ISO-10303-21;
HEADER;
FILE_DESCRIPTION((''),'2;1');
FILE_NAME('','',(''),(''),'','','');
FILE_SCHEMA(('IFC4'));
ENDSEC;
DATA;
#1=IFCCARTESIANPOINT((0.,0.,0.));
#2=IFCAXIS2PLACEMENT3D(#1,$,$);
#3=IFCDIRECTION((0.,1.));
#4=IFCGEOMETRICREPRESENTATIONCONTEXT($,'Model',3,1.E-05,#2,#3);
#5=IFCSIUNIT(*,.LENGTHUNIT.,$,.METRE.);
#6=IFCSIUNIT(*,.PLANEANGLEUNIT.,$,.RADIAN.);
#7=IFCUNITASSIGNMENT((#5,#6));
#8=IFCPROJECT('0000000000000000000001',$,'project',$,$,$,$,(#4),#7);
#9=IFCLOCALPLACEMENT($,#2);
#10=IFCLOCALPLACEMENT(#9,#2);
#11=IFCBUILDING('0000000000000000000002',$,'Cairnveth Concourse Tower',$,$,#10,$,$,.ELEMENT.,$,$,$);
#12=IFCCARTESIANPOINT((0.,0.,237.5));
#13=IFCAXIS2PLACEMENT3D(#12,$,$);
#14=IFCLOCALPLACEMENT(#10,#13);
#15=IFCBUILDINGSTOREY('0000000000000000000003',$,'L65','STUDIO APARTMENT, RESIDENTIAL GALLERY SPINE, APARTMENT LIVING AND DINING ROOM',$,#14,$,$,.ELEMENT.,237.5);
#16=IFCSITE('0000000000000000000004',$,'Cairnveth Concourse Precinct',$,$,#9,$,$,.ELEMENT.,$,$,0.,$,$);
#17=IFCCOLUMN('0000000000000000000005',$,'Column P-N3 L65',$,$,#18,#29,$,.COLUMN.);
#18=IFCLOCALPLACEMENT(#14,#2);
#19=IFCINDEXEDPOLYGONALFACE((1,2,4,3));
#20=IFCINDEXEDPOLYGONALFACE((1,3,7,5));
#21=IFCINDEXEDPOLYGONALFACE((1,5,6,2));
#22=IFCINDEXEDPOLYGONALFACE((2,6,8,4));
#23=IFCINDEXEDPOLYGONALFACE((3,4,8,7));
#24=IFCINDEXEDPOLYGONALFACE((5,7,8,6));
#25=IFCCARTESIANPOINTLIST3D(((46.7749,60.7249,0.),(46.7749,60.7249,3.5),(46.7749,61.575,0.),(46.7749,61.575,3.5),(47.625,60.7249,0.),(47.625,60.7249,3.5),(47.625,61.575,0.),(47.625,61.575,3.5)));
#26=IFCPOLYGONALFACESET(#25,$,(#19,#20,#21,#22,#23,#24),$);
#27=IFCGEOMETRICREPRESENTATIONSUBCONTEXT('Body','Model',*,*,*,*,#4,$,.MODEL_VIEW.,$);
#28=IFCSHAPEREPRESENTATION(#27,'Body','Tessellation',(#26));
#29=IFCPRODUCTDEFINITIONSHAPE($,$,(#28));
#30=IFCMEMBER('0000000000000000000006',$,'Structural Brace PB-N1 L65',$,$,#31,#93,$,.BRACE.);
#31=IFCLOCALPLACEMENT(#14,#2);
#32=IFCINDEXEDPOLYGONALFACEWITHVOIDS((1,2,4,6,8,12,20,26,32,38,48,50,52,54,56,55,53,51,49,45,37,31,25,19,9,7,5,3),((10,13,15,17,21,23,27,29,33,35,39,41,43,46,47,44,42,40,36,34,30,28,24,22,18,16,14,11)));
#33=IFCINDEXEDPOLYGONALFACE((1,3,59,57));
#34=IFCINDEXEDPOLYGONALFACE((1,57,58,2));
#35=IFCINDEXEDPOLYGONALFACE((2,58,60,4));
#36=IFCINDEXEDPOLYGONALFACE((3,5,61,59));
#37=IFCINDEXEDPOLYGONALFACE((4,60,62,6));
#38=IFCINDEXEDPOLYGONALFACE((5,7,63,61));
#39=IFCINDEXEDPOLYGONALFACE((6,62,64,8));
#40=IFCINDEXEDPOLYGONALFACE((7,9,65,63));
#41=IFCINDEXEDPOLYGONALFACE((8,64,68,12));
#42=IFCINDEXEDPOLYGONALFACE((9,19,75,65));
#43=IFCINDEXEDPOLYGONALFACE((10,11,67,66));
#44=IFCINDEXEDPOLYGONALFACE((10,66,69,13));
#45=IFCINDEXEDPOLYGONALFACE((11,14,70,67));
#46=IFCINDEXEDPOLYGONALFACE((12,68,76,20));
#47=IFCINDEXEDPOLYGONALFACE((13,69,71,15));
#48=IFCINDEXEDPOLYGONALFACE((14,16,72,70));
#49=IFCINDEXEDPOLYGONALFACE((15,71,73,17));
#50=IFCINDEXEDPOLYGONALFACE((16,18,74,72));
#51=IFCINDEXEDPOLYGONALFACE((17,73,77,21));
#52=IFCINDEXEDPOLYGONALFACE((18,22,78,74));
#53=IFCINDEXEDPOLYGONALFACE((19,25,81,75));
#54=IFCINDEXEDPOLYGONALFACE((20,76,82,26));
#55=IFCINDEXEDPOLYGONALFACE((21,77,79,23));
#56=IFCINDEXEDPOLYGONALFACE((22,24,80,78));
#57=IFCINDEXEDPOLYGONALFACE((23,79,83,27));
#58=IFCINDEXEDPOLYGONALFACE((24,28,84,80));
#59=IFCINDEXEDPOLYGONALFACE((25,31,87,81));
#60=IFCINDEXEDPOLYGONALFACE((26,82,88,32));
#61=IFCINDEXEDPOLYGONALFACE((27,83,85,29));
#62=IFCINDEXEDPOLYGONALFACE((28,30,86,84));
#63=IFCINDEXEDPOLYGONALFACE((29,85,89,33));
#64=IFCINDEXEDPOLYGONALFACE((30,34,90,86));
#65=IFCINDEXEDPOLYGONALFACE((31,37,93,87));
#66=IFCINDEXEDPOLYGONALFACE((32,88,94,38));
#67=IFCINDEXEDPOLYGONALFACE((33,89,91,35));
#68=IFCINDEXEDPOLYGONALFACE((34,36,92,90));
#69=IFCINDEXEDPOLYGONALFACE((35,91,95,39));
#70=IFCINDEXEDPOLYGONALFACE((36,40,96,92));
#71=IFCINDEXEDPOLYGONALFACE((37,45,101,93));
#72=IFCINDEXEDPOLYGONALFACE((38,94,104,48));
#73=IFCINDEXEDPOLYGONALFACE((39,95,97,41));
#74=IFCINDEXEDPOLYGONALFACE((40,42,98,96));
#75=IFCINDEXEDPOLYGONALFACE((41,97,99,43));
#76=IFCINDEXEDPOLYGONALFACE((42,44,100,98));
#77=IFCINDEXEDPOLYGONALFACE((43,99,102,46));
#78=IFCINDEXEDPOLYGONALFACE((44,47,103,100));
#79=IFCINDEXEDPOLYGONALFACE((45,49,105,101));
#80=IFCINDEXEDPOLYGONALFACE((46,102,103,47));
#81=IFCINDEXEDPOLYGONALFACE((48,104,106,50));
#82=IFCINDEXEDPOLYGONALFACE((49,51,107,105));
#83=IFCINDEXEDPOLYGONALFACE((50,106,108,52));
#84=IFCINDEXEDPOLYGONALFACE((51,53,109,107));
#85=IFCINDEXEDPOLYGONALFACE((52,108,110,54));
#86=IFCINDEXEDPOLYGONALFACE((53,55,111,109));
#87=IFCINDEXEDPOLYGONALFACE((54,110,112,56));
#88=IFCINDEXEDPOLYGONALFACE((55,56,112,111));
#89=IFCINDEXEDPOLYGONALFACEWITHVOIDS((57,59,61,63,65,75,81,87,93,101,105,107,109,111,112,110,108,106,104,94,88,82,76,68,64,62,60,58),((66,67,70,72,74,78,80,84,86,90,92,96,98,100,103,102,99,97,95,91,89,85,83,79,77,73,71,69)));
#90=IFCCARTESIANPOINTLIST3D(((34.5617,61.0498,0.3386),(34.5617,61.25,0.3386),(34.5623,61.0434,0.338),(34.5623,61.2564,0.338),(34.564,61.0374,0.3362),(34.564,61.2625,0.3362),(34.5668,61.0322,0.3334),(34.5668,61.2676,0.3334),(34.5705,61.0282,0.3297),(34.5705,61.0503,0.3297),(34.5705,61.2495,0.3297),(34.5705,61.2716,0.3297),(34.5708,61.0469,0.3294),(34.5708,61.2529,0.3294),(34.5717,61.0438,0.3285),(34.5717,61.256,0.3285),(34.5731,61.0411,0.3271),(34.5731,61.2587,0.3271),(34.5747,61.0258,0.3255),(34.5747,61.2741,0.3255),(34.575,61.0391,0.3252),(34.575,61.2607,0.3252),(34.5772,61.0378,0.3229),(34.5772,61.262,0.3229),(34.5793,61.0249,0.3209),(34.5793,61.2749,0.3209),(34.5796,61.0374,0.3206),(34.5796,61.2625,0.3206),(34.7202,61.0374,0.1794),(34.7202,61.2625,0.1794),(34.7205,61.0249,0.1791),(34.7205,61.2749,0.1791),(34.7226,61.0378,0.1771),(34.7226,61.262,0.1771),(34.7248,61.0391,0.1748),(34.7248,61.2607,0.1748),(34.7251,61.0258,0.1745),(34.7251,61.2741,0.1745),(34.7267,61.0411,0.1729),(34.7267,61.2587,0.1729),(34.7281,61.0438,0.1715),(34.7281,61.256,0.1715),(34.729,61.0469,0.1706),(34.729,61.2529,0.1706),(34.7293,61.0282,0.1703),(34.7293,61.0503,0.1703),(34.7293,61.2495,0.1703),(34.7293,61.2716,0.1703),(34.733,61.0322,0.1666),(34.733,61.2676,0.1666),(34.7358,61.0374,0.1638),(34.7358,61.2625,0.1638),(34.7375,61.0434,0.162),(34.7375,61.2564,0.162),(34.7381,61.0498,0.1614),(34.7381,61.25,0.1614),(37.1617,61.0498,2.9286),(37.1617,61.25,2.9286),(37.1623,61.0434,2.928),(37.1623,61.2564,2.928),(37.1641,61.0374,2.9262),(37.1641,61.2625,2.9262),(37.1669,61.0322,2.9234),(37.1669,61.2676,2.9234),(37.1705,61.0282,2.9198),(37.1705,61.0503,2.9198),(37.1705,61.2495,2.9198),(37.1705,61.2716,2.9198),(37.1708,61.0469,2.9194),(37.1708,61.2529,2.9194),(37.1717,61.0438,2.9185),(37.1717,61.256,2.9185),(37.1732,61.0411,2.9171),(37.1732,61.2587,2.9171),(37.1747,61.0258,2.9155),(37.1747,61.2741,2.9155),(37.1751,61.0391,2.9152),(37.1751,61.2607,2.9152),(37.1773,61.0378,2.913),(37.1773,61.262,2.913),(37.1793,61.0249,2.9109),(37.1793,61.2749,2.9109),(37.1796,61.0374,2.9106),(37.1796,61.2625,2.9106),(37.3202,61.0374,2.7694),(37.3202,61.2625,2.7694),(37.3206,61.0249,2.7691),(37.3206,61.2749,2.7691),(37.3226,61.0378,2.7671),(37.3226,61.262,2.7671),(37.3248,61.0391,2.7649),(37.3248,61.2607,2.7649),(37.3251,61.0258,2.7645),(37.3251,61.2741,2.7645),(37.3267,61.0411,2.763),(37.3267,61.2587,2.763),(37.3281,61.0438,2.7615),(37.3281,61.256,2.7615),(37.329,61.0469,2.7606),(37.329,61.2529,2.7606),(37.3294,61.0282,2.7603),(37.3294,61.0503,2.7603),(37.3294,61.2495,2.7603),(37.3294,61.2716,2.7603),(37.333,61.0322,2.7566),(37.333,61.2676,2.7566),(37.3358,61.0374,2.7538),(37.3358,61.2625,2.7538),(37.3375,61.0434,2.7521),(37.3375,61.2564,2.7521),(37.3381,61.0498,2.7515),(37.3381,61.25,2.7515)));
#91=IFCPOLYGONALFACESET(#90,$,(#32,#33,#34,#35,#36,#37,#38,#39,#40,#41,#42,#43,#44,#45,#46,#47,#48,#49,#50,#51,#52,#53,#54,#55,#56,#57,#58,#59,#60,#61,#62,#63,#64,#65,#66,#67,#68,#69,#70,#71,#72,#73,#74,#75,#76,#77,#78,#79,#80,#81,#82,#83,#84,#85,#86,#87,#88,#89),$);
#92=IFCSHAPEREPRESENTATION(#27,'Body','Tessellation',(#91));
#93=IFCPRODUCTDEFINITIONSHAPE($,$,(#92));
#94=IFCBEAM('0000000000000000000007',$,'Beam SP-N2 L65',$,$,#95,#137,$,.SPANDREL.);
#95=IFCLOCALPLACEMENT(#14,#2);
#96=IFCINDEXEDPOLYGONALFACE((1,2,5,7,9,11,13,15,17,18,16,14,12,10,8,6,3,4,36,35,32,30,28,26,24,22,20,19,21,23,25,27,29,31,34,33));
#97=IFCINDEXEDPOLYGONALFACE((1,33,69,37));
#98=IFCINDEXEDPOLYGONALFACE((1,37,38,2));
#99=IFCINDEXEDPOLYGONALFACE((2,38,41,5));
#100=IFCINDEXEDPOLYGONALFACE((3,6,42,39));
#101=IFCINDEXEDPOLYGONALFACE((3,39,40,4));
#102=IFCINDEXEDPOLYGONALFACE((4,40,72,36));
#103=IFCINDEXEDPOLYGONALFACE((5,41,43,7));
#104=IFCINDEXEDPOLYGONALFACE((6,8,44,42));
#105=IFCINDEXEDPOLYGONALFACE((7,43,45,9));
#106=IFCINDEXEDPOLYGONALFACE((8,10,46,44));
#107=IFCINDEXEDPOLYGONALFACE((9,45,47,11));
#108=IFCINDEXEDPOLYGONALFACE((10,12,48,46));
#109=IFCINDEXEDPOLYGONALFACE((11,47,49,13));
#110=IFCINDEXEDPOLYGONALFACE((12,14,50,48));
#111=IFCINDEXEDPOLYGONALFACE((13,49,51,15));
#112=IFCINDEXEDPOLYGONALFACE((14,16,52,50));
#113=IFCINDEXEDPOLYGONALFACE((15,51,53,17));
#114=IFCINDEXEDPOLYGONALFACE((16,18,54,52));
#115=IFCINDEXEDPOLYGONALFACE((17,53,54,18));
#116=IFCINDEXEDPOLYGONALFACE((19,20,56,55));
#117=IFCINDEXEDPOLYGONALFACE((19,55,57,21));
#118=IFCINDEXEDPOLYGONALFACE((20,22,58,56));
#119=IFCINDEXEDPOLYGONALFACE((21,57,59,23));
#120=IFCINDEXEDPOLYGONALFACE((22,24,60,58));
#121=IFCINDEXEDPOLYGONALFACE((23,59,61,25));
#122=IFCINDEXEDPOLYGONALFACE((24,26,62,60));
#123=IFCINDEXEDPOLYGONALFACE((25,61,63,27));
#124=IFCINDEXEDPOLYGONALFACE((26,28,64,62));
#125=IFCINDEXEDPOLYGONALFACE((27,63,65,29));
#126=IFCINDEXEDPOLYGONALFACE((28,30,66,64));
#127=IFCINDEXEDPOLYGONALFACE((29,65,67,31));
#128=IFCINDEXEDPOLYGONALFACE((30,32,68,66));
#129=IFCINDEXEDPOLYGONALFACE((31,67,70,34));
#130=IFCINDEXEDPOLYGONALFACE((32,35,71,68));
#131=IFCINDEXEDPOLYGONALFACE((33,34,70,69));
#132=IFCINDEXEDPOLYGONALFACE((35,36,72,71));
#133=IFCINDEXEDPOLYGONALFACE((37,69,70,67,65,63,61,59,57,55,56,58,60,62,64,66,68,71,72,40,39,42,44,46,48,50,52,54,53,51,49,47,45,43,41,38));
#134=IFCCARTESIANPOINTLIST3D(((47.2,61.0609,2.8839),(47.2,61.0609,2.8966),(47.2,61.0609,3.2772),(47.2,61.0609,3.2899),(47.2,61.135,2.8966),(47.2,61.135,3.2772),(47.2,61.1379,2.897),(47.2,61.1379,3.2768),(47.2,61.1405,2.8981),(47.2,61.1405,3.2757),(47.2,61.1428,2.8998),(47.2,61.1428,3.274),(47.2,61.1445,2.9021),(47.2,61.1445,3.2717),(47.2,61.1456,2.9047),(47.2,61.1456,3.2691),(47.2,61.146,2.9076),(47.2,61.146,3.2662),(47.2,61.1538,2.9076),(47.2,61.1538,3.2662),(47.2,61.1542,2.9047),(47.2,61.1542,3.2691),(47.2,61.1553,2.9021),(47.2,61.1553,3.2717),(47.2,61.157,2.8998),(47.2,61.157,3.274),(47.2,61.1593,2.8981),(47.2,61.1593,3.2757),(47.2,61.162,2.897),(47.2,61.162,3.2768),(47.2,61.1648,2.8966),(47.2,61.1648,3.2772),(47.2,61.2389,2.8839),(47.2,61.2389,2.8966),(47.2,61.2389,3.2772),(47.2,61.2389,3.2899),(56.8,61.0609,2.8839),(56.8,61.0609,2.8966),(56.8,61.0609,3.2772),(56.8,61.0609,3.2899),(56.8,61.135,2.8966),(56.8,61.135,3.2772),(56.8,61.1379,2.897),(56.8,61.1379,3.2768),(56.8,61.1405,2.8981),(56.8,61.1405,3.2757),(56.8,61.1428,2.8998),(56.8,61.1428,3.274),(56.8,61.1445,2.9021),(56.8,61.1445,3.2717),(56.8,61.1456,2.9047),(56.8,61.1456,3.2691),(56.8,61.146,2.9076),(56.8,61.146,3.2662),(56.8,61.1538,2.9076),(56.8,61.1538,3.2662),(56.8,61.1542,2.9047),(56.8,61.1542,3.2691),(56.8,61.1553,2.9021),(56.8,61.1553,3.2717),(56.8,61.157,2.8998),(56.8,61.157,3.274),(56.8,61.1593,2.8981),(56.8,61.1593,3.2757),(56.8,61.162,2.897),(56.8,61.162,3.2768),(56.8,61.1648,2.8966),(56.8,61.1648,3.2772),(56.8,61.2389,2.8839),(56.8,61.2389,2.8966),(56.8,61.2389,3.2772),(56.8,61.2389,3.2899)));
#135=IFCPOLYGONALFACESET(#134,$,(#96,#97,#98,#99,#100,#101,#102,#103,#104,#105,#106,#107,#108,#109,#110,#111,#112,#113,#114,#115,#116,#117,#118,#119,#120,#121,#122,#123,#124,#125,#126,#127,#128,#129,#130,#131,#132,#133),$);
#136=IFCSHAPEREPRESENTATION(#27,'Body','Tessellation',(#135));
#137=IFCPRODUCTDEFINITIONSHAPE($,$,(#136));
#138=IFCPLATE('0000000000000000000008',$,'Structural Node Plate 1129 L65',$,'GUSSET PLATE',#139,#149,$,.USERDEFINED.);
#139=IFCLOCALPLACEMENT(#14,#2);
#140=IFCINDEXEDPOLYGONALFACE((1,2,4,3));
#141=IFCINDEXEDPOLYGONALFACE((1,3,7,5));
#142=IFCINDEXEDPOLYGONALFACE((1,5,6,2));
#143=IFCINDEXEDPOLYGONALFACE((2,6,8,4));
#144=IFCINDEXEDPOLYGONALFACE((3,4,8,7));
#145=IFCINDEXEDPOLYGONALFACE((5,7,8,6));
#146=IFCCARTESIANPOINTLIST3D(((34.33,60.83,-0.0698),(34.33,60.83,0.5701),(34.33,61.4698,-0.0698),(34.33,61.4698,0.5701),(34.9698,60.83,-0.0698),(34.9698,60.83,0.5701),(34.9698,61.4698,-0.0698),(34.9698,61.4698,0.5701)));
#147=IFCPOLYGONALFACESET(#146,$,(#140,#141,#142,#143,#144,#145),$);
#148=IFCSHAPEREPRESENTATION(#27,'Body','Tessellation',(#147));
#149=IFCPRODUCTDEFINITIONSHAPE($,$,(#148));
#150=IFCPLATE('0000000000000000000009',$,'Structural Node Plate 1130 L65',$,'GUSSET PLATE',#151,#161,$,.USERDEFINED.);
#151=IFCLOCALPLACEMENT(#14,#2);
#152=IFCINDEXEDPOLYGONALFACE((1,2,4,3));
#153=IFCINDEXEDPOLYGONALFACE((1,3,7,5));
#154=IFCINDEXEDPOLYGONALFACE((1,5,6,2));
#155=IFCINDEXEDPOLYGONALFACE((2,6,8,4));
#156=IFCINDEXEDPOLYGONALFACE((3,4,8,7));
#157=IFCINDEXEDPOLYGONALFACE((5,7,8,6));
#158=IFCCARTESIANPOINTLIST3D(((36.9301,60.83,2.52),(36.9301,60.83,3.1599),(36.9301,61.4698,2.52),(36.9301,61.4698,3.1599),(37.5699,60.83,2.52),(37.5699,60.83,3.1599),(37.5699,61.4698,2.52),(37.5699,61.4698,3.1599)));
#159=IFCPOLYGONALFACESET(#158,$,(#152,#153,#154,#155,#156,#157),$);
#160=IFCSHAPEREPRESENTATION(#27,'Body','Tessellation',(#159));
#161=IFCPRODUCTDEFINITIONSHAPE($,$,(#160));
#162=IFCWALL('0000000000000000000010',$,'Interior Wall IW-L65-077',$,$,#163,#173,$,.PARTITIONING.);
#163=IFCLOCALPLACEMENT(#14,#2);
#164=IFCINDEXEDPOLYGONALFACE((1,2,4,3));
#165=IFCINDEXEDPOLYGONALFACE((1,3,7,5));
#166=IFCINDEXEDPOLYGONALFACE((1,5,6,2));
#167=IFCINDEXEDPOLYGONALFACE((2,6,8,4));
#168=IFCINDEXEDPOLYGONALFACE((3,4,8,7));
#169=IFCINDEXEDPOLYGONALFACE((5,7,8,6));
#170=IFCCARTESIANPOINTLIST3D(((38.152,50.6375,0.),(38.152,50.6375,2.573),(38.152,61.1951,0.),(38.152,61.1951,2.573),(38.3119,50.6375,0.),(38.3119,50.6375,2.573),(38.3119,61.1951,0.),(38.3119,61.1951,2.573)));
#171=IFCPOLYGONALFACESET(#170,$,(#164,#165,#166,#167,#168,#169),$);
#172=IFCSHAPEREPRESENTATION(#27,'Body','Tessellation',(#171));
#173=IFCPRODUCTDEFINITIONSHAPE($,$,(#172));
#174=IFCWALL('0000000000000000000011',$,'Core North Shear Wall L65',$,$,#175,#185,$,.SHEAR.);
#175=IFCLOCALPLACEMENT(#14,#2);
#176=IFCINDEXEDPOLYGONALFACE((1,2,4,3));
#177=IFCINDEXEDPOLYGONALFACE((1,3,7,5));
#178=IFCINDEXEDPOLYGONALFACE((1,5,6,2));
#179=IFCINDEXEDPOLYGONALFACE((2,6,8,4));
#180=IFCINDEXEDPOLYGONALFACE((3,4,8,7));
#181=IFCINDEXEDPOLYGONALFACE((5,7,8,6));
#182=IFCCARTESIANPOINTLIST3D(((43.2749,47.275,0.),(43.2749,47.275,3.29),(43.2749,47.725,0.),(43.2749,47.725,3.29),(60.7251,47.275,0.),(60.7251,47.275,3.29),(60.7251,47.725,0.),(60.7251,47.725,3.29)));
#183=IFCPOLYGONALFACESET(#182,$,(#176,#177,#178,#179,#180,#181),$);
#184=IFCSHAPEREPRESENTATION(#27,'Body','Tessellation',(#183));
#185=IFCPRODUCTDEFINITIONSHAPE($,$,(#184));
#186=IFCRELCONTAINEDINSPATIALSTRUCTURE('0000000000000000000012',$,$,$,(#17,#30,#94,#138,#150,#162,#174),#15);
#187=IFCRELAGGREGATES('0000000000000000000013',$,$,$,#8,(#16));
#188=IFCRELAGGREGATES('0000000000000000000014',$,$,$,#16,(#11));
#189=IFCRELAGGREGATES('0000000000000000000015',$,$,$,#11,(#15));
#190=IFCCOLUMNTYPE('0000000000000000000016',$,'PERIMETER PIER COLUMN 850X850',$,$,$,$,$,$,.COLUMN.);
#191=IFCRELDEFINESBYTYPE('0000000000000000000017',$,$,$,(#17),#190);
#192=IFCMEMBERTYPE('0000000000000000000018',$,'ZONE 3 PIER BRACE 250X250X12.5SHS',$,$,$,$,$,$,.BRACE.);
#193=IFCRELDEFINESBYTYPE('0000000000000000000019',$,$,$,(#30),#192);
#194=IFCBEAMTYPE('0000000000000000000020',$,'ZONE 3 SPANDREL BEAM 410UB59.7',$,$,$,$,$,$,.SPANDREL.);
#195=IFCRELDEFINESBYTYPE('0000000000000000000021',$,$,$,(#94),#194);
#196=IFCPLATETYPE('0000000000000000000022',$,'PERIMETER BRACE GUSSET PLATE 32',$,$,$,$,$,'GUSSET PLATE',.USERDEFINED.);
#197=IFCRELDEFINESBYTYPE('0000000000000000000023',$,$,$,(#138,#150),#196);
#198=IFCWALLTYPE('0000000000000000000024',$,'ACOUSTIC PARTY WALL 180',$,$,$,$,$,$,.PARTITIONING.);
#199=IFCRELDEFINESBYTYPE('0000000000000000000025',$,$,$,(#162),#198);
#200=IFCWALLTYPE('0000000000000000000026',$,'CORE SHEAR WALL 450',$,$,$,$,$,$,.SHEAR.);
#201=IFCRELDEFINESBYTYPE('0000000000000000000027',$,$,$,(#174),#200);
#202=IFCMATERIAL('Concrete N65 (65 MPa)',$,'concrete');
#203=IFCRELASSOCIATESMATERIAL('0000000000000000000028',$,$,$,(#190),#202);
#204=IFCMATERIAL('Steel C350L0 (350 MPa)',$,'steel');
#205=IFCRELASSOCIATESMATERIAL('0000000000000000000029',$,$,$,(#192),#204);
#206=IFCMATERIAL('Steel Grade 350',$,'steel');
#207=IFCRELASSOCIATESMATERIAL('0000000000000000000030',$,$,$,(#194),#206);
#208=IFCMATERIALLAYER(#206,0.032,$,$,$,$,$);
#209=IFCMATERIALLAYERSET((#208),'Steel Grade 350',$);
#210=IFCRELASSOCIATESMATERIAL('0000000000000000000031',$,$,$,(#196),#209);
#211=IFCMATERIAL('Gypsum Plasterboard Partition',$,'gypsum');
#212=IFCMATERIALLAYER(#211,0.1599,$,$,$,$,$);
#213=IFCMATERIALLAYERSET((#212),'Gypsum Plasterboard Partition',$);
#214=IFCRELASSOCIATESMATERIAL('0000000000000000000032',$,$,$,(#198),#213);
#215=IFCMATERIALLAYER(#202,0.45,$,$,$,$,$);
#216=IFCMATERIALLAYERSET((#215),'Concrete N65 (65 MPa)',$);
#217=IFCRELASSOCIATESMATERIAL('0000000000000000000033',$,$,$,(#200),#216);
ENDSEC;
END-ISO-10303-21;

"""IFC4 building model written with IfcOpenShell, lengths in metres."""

from ifc_helpers import new_model, si_unit, direction, frame, frame_2d, origin, origin_2d, place, context, subcontext, project, spatial, rectangle, hollow_rectangle, i_section, extrude, material, layer, layer_set, material_profile, profile_set, type_object, element, save


model = new_model("IFC4")

# Units and contexts
model_context = context("Model", 3, precision=1e-05, world=origin(), true_north=direction((0.0, 1.0)))
body_context = subcontext(model_context, "Body", "Model", "MODEL_VIEW")
ifc_project = project(units=[si_unit("LENGTHUNIT", "METRE"), si_unit("PLANEANGLEUNIT", "RADIAN")], contexts=[model_context])

# Site, building, storey
site_placement = place(None, origin())
site = spatial("IfcSite", under=ifc_project, at=site_placement, Name="Cairnveth Concourse Precinct", CompositionType="ELEMENT", RefElevation=0.0)
building_placement = place(site_placement, origin())
building = spatial("IfcBuilding", under=site, at=building_placement, Name="Cairnveth Concourse Tower", CompositionType="ELEMENT")
storey_placement = place(building_placement, frame((0.0, 0.0, 237.5)))
storey = spatial("IfcBuildingStorey", under=building, at=storey_placement, Name="L65", Description="STUDIO APARTMENT, RESIDENTIAL GALLERY SPINE, APARTMENT LIVING AND DINING ROOM", CompositionType="ELEMENT", Elevation=237.5)

# Column
ifc_material_1 = material(Name="Concrete N65 (65 MPa)", Category="concrete")
ifc_material_profile_1 = material_profile(ifc_material_1, rectangle(XDim=0.8501, YDim=0.8501, at=origin_2d()), Name="RC-COL-850x850")
ifc_profile_set_1 = profile_set([ifc_material_profile_1], Name="Concrete N65 (65 MPa)")
column_type = type_object("IfcColumnType", Name="PERIMETER PIER COLUMN 850X850", PredefinedType="COLUMN", material=ifc_profile_set_1)
column_placement = place(storey_placement, frame((47.2, 61.1499, 0.0), z_axis=(0.0, 0.0, 1.0), x_axis=(1.0, 0.0, 0.0)))
element("IfcColumn", 1, at=column_placement, inside=storey, type_object=column_type, Name="Column P-N3 L65", PredefinedType="COLUMN", context=body_context, shape_type="SweptSolid", body=[
    extrude(rectangle(XDim=0.8501, YDim=0.8501, at=origin_2d()), origin(), (0.0, 0.0, 1.0), 3.5),
])

# Member
ifc_material_2 = material(Name="Steel C350L0 (350 MPa)", Category="steel")
ifc_material_profile_2 = material_profile(ifc_material_2, hollow_rectangle(XDim=0.25, YDim=0.25, WallThickness=0.0125, InnerFilletRadius=0.0129, OuterFilletRadius=0.0249, at=origin_2d()), Name="250x250x12.5SHS")
ifc_profile_set_2 = profile_set([ifc_material_profile_2], Name="Steel C350L0 (350 MPa)")
member_type = type_object("IfcMemberType", Name="ZONE 3 PIER BRACE 250X250X12.5SHS", PredefinedType="BRACE", material=ifc_profile_set_2)
member_placement = place(storey_placement, frame((34.6499, 61.1499, 0.25), z_axis=(0.708469, 0.0, 0.705742), x_axis=(0.0, 1.0, 0.0)))
element("IfcMember", 2, at=member_placement, inside=storey, type_object=member_type, Name="Structural Brace PB-N1 L65", PredefinedType="BRACE", context=body_context, shape_type="SweptSolid", body=[
    extrude(hollow_rectangle(XDim=0.25, YDim=0.25, WallThickness=0.0125, InnerFilletRadius=0.0129, OuterFilletRadius=0.0249, at=origin_2d()), origin(), (0.0, 0.0, 1.0), 3.6699),
])

# Beam
ifc_material_3 = material(Name="Steel Grade 350", Category="steel")
ifc_material_profile_3 = material_profile(ifc_material_3, i_section(OverallWidth=0.178, OverallDepth=0.406, WebThickness=0.0078, FlangeThickness=0.0127, FilletRadius=0.011, at=origin_2d()), Name="410UB59.7")
ifc_profile_set_3 = profile_set([ifc_material_profile_3], Name="Steel Grade 350")
beam_type = type_object("IfcBeamType", Name="ZONE 3 SPANDREL BEAM 410UB59.7", PredefinedType="SPANDREL", material=ifc_profile_set_3)
beam_placement = place(storey_placement, frame((47.2, 61.1499, 3.0869), z_axis=(1.0, 0.0, 0.0), x_axis=(0.0, 1.0, 0.0)))
element("IfcBeam", 3, at=beam_placement, inside=storey, type_object=beam_type, Name="Beam SP-N2 L65", PredefinedType="SPANDREL", context=body_context, shape_type="SweptSolid", body=[
    extrude(i_section(OverallWidth=0.178, OverallDepth=0.406, WebThickness=0.0078, FlangeThickness=0.0127, FilletRadius=0.011, at=origin_2d()), origin(), (0.0, 0.0, 1.0), 9.6001),
])

# Plates
ifc_layer_1 = layer(ifc_material_3, 0.032)
ifc_layer_set_1 = layer_set([ifc_layer_1], Name="Steel Grade 350")
plate_type = type_object("IfcPlateType", Name="PERIMETER BRACE GUSSET PLATE 32", ElementType="GUSSET PLATE", PredefinedType="USERDEFINED", material=ifc_layer_set_1)
for number, where, z_axis, x_axis, name in (
    (4, (34.6499, 61.1499, -0.0698), (0.0, 0.0, 1.0), (1.0, 0.0, 0.0), "Structural Node Plate 1129 L65"),
    (5, (37.25, 61.1499, 2.52), (0.0, 0.0, 1.0), (1.0, 0.0, 0.0), "Structural Node Plate 1130 L65"),
):
    element("IfcPlate", number, at=place(storey_placement, frame(where, z_axis=z_axis, x_axis=x_axis)), inside=storey, type_object=plate_type, Name=name, ObjectType="GUSSET PLATE", PredefinedType="USERDEFINED", context=body_context, shape_type="SweptSolid", body=[
        extrude(rectangle(XDim=0.6399, YDim=0.6399, at=origin_2d()), origin(), (0.0, 0.0, 1.0), 0.6399),
    ])

# Walls
ifc_material_4 = material(Name="Gypsum Plasterboard Partition", Category="gypsum")
ifc_layer_2 = layer(ifc_material_4, 0.1599)
ifc_layer_set_2 = layer_set([ifc_layer_2], Name="Gypsum Plasterboard Partition")
wall_type_1 = type_object("IfcWallType", Name="ACOUSTIC PARTY WALL 180", PredefinedType="PARTITIONING", material=ifc_layer_set_2)
wall_1_placement = place(storey_placement, frame((38.2319, 50.6375, 0.0), z_axis=(0.0, 0.0, 1.0), x_axis=(0.0, 1.0, 0.0)))
element("IfcWall", 6, at=wall_1_placement, inside=storey, type_object=wall_type_1, Name="Interior Wall IW-L65-077", PredefinedType="PARTITIONING", context=body_context, shape_type="SweptSolid", body=[
    extrude(rectangle(XDim=10.5576, YDim=0.1599, at=frame_2d((5.2788, 0.0))), origin(), (0.0, 0.0, 1.0), 2.573),
])
ifc_layer_3 = layer(ifc_material_1, 0.45)
ifc_layer_set_3 = layer_set([ifc_layer_3], Name="Concrete N65 (65 MPa)")
wall_type_2 = type_object("IfcWallType", Name="CORE SHEAR WALL 450", PredefinedType="SHEAR", material=ifc_layer_set_3)
wall_2_placement = place(storey_placement, frame((43.2749, 47.5, 0.0), z_axis=(0.0, 0.0, 1.0), x_axis=(1.0, 0.0, 0.0)))
element("IfcWall", 7, at=wall_2_placement, inside=storey, type_object=wall_type_2, Name="Core North Shear Wall L65", PredefinedType="SHEAR", context=body_context, shape_type="SweptSolid", body=[
    extrude(rectangle(XDim=17.4502, YDim=0.45, at=frame_2d((8.7251, 0.0))), origin(), (0.0, 0.0, 1.0), 3.29),
])

save(model, "model.ifc")
